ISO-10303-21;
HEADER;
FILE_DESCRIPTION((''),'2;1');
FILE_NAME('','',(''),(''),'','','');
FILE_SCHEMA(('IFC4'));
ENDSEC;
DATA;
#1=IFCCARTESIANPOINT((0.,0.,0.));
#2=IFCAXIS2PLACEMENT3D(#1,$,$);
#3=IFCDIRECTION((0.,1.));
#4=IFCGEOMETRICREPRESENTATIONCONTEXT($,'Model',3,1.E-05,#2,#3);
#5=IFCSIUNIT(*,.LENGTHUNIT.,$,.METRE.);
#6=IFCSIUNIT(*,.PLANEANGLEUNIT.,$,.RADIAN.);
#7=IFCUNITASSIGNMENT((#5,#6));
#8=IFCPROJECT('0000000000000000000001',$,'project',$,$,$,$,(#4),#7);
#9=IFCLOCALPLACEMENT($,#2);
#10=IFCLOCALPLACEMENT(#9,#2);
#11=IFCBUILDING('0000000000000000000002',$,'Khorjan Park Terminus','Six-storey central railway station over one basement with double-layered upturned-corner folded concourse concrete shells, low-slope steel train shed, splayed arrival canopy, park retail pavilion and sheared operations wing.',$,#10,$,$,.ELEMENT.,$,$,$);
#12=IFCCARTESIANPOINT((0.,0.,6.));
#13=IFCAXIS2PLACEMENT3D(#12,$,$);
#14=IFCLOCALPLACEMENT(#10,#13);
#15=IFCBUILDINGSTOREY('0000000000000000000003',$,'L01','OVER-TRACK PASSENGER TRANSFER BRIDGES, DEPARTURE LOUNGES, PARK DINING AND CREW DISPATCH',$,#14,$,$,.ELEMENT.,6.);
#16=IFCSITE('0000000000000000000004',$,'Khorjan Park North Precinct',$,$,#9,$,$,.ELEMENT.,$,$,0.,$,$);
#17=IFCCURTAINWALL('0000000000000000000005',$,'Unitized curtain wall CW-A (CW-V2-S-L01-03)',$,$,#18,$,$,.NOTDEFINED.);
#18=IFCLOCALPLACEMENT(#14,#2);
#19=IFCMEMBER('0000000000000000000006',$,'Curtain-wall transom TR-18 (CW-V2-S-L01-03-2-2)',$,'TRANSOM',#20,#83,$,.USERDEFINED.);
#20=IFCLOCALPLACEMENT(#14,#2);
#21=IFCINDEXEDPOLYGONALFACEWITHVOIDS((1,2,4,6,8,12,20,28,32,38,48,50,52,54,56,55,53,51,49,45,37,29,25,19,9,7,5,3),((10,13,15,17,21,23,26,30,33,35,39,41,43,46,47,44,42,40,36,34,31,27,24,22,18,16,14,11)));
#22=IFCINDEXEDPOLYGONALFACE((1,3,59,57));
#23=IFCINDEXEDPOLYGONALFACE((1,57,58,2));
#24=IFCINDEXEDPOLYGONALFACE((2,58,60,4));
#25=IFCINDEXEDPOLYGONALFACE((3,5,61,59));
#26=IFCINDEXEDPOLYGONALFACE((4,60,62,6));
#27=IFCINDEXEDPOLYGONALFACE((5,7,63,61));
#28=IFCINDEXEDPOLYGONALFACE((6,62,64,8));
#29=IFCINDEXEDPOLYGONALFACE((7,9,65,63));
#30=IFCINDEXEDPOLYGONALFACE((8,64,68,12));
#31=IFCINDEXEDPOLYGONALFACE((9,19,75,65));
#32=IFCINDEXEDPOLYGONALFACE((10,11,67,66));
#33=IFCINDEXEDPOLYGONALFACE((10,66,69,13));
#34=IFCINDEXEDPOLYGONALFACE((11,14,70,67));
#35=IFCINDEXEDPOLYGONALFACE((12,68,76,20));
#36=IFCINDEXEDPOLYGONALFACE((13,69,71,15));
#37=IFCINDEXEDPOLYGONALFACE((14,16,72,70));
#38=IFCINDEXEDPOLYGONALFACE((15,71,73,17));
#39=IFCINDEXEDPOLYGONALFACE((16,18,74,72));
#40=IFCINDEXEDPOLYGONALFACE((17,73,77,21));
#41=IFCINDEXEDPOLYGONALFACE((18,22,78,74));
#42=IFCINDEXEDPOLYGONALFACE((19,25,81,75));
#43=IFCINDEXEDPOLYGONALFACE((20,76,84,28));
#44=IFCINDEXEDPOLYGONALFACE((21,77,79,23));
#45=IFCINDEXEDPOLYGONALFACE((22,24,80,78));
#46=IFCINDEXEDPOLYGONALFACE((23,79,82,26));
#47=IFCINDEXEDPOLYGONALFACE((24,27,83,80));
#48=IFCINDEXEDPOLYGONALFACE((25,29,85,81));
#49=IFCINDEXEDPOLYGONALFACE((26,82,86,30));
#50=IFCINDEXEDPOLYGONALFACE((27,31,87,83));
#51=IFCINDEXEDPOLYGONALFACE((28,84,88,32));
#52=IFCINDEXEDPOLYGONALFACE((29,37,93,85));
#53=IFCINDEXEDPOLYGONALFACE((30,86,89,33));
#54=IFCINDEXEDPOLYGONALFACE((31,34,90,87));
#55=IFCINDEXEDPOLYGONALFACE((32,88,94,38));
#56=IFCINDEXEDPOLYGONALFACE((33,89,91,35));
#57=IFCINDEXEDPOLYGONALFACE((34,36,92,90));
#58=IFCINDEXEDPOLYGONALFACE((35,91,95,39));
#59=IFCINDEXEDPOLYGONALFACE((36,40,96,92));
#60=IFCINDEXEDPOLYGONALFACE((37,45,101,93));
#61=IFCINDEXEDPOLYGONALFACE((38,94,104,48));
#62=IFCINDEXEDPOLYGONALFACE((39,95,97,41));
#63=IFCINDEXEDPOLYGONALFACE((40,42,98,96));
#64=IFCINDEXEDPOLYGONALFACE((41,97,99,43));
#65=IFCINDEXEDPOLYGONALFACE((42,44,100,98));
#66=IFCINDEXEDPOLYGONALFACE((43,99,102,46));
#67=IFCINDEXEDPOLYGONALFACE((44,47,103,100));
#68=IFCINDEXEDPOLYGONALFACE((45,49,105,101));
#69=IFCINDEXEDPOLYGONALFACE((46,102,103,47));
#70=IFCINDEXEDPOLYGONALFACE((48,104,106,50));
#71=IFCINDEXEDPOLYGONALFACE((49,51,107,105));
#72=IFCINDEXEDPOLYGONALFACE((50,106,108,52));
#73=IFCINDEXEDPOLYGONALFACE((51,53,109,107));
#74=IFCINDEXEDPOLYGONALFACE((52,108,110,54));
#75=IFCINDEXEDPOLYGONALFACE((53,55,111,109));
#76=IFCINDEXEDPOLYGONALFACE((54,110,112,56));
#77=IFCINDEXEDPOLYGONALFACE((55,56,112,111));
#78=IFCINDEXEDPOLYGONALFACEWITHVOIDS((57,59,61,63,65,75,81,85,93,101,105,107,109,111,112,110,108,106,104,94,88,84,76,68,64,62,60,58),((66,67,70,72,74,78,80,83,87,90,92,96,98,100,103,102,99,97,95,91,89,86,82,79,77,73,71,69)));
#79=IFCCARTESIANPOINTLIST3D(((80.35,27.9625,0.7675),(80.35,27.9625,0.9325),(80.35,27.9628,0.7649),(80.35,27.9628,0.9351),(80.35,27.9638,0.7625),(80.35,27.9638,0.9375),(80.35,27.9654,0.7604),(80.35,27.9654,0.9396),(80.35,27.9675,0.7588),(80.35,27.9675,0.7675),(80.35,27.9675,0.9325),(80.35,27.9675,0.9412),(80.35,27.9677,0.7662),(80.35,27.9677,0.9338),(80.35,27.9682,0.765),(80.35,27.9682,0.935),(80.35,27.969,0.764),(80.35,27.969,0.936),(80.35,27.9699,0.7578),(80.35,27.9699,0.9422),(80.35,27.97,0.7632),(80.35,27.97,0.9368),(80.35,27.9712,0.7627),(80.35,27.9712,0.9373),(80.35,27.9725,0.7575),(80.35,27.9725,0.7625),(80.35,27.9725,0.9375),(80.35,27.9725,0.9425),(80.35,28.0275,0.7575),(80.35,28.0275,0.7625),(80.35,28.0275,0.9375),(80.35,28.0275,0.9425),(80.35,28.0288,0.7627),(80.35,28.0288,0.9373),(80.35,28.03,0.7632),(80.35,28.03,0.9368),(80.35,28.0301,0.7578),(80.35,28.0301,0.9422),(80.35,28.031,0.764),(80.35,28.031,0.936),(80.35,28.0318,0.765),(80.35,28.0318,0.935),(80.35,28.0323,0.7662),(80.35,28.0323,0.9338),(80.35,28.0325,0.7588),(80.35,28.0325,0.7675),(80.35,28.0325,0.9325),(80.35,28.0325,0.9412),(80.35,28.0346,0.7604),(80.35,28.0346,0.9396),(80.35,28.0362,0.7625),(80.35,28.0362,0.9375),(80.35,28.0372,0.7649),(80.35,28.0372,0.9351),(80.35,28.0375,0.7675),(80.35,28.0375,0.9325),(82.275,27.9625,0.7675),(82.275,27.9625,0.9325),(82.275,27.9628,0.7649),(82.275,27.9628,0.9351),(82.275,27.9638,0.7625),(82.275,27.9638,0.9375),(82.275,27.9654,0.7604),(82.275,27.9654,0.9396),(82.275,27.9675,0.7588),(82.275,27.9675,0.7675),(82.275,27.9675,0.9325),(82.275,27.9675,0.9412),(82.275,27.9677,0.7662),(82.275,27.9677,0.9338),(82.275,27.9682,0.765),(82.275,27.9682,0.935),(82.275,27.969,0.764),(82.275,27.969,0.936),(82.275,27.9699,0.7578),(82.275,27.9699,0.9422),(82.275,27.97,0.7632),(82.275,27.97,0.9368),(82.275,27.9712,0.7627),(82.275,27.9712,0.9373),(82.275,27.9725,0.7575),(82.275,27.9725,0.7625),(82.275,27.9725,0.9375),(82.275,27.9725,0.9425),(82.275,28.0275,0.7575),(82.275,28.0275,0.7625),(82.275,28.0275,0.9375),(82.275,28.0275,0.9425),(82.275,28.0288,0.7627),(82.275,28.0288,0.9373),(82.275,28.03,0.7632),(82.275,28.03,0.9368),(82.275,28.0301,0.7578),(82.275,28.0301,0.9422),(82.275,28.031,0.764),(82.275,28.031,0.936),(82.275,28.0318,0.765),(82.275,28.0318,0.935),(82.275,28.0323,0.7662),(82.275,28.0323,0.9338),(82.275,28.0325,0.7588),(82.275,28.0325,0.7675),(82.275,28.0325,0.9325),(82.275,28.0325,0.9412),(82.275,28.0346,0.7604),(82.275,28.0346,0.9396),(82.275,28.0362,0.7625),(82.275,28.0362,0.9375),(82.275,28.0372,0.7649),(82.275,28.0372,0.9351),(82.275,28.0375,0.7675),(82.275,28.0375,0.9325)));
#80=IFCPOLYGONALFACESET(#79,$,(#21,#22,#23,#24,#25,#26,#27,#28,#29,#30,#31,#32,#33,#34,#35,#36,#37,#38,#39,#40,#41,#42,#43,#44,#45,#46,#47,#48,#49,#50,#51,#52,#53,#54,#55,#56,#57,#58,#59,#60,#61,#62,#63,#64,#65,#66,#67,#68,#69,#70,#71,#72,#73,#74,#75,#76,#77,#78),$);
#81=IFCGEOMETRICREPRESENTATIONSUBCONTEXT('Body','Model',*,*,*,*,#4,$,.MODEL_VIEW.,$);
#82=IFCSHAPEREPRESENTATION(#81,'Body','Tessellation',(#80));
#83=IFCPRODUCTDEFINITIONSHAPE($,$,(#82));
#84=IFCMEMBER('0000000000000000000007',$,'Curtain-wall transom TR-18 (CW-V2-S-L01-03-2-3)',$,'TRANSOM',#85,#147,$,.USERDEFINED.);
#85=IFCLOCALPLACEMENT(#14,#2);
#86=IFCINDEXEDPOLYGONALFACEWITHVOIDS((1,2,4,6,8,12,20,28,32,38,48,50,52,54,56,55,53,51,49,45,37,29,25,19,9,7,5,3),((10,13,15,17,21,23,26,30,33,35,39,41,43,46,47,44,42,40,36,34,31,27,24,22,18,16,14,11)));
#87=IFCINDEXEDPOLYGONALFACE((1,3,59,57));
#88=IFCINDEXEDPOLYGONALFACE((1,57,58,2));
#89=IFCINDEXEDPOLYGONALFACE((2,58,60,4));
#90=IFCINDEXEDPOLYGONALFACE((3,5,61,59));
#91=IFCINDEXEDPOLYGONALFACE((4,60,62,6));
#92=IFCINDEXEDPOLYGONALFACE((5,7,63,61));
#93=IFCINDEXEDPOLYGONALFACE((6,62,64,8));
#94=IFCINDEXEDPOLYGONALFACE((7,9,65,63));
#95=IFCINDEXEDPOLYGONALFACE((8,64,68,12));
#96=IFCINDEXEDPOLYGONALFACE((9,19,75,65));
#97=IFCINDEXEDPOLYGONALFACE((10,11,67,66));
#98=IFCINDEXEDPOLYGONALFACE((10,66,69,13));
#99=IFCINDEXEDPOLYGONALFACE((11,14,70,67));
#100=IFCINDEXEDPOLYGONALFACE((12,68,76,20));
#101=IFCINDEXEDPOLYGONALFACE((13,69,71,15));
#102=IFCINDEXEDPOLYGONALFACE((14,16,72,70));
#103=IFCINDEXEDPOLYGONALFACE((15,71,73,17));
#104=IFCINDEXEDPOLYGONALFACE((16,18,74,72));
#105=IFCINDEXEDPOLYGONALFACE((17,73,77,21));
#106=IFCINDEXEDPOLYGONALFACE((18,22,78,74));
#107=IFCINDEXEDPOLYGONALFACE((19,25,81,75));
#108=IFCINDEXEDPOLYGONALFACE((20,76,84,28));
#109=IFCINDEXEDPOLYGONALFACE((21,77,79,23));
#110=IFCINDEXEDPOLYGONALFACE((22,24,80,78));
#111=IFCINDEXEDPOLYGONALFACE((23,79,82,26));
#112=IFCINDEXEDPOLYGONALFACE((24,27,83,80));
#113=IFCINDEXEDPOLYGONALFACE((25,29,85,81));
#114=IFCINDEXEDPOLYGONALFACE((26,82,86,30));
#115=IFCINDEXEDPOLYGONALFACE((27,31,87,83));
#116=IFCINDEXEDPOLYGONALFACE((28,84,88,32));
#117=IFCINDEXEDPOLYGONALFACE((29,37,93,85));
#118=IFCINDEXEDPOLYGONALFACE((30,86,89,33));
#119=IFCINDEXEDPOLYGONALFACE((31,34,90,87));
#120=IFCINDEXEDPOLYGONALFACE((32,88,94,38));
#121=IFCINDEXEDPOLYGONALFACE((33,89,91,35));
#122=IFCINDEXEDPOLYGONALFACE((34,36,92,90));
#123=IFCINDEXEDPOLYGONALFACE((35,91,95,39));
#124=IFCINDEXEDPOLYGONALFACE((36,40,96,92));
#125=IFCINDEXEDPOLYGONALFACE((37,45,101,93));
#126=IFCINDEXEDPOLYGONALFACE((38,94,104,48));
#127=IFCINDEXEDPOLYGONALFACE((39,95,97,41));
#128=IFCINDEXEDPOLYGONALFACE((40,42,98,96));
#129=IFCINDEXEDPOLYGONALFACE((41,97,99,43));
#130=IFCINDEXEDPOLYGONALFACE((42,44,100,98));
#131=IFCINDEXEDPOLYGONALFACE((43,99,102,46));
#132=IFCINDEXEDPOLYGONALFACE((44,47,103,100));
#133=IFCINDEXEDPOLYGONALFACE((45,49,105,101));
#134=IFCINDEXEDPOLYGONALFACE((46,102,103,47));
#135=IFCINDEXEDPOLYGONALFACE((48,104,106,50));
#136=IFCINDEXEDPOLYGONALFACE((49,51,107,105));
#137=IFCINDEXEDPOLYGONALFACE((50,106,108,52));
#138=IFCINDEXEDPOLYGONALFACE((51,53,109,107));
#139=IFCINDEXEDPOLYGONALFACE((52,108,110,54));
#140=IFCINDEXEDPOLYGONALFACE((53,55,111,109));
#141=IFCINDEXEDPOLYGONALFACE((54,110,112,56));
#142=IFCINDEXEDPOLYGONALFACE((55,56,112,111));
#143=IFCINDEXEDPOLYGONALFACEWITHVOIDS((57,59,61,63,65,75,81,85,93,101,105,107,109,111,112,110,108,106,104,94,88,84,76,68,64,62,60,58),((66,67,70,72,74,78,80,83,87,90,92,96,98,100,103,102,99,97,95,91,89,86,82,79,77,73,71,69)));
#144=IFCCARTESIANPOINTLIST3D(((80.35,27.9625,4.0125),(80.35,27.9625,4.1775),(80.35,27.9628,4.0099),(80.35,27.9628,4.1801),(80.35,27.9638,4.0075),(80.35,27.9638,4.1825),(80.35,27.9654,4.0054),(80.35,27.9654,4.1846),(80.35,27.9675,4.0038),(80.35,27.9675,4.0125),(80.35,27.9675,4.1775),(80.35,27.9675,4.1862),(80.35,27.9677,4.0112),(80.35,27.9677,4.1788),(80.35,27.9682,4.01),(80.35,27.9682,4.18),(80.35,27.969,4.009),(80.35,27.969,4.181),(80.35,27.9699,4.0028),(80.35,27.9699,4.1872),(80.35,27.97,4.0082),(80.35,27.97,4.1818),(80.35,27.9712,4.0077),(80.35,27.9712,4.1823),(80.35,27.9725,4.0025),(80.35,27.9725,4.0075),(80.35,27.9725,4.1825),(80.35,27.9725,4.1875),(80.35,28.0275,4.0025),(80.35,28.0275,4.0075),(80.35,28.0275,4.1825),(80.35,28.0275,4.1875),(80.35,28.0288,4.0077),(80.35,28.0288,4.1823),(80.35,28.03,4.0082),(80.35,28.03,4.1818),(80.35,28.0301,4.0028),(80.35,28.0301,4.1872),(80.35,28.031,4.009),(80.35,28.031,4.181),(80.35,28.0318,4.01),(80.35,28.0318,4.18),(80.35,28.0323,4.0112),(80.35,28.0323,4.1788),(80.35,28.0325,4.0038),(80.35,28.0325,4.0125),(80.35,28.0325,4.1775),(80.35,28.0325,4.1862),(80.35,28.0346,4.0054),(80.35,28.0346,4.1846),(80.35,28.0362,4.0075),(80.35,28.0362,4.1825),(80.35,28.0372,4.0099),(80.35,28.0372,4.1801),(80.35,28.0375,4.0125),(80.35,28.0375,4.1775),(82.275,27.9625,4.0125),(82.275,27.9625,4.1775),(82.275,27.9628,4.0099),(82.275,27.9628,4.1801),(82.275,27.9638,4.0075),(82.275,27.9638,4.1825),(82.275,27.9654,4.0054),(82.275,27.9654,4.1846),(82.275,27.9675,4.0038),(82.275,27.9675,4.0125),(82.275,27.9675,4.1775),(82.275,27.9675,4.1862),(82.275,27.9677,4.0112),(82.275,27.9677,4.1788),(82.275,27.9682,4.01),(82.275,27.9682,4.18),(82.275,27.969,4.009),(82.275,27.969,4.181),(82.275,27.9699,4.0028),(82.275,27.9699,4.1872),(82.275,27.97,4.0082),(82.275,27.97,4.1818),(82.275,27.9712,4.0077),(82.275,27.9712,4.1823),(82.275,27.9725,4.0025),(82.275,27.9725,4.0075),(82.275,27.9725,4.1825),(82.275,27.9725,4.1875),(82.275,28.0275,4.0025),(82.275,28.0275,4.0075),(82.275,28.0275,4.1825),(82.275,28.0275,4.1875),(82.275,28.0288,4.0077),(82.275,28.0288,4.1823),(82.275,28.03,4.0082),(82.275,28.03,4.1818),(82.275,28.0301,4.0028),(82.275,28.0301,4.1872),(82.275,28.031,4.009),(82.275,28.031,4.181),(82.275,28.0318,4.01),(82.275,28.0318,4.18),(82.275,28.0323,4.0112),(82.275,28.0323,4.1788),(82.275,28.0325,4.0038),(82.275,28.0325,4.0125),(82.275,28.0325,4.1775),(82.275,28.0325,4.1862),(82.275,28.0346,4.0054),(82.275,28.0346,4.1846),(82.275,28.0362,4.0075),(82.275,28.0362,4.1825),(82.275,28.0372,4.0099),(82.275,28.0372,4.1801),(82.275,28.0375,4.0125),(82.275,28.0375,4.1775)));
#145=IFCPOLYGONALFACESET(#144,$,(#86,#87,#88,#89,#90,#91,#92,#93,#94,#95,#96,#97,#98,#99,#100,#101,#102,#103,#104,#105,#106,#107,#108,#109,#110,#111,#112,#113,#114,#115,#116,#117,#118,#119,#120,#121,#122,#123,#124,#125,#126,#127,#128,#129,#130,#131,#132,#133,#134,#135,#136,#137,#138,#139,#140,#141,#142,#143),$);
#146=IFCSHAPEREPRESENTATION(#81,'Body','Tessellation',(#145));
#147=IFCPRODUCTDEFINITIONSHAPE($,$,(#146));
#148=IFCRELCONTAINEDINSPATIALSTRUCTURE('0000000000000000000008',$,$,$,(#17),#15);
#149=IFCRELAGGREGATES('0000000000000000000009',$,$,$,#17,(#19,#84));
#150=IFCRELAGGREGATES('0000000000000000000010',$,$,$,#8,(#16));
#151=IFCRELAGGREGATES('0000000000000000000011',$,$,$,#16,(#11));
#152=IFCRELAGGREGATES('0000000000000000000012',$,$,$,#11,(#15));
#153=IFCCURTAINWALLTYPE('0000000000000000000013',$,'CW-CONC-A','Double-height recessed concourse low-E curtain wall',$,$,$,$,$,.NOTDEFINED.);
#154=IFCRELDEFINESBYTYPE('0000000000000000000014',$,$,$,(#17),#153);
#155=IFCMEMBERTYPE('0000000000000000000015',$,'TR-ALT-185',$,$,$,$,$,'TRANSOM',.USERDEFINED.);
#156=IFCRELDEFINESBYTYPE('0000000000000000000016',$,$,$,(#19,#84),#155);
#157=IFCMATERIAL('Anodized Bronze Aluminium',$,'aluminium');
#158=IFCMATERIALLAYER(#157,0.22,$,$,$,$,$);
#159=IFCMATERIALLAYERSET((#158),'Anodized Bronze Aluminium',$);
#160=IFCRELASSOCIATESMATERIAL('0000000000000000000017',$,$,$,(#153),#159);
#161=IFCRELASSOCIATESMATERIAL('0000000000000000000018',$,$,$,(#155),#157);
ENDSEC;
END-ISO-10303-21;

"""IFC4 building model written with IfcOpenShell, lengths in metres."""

from ifc_helpers import new_model, si_unit, direction, frame, origin, origin_2d, place, context, subcontext, project, spatial, hollow_rectangle, extrude, material, layer, layer_set, material_profile, profile_set, type_object, element, aggregate, save


model = new_model("IFC4")

# Units and contexts
model_context = context("Model", 3, precision=1e-05, world=origin(), true_north=direction((0.0, 1.0)))
body_context = subcontext(model_context, "Body", "Model", "MODEL_VIEW")
ifc_project = project(units=[si_unit("LENGTHUNIT", "METRE"), si_unit("PLANEANGLEUNIT", "RADIAN")], contexts=[model_context])

# Site, building, storey
site_placement = place(None, origin())
site = spatial("IfcSite", under=ifc_project, at=site_placement, Name="Khorjan Park North Precinct", CompositionType="ELEMENT", RefElevation=0.0)
building_placement = place(site_placement, origin())
building = spatial("IfcBuilding", under=site, at=building_placement, Name="Khorjan Park Terminus", Description="Six-storey central railway station over one basement with double-layered upturned-corner folded concourse concrete shells, low-slope steel train shed, splayed arrival canopy, park retail pavilion and sheared operations wing.", CompositionType="ELEMENT")
storey_placement = place(building_placement, frame((0.0, 0.0, 6.0)))
storey = spatial("IfcBuildingStorey", under=building, at=storey_placement, Name="L01", Description="OVER-TRACK PASSENGER TRANSFER BRIDGES, DEPARTURE LOUNGES, PARK DINING AND CREW DISPATCH", CompositionType="ELEMENT", Elevation=6.0)

# Curtain wall
ifc_material_1 = material(Name="Anodized Bronze Aluminium", Category="aluminium")
ifc_layer_1 = layer(ifc_material_1, 0.22)
ifc_layer_set_1 = layer_set([ifc_layer_1], Name="Anodized Bronze Aluminium")
curtain_wall_type = type_object("IfcCurtainWallType", Name="CW-CONC-A", Description="Double-height recessed concourse low-E curtain wall", PredefinedType="NOTDEFINED", material=ifc_layer_set_1)
curtain_wall_1_placement = place(storey_placement, origin())
curtain_wall_1 = element("IfcCurtainWall", 1, at=curtain_wall_1_placement, inside=storey, type_object=curtain_wall_type, Name="Unitized curtain wall CW-A (CW-V2-S-L01-03)", PredefinedType="NOTDEFINED")

# Members
ifc_material_profile_1 = material_profile(ifc_material_1, hollow_rectangle(XDim=0.075, YDim=0.185, WallThickness=0.005, InnerFilletRadius=0.005, OuterFilletRadius=0.01, at=origin_2d()), Name="ALT 75x185x5")
ifc_profile_set_1 = profile_set([ifc_material_profile_1], Name="Anodized Bronze Aluminium")
member_type_1 = type_object("IfcMemberType", Name="TR-ALT-185", ElementType="TRANSOM", PredefinedType="USERDEFINED", material=ifc_profile_set_1)
member_1_placement = place(storey_placement, frame((80.35, 28.0, 0.85), z_axis=(1.0, 0.0, 0.0), x_axis=(0.0, 1.0, 0.0)))
member_1 = element("IfcMember", 2, at=member_1_placement, type_object=member_type_1, Name="Curtain-wall transom TR-18 (CW-V2-S-L01-03-2-2)", ObjectType="TRANSOM", PredefinedType="USERDEFINED", context=body_context, shape_type="SweptSolid", body=[
    extrude(hollow_rectangle(XDim=0.075, YDim=0.185, WallThickness=0.005, InnerFilletRadius=0.005, OuterFilletRadius=0.01, at=origin_2d()), origin(), (0.0, 0.0, 1.0), 1.925),
])
member_2_placement = place(storey_placement, frame((80.35, 28.0, 4.095), z_axis=(1.0, 0.0, 0.0), x_axis=(0.0, 1.0, 0.0)))
member_2 = element("IfcMember", 3, at=member_2_placement, type_object=member_type_1, Name="Curtain-wall transom TR-18 (CW-V2-S-L01-03-2-3)", ObjectType="TRANSOM", PredefinedType="USERDEFINED", context=body_context, shape_type="SweptSolid", body=[
    extrude(hollow_rectangle(XDim=0.075, YDim=0.185, WallThickness=0.005, InnerFilletRadius=0.005, OuterFilletRadius=0.01, at=origin_2d()), origin(), (0.0, 0.0, 1.0), 1.925),
])

aggregate(curtain_wall_1, [member_1, member_2])

save(model, "model.ifc")
